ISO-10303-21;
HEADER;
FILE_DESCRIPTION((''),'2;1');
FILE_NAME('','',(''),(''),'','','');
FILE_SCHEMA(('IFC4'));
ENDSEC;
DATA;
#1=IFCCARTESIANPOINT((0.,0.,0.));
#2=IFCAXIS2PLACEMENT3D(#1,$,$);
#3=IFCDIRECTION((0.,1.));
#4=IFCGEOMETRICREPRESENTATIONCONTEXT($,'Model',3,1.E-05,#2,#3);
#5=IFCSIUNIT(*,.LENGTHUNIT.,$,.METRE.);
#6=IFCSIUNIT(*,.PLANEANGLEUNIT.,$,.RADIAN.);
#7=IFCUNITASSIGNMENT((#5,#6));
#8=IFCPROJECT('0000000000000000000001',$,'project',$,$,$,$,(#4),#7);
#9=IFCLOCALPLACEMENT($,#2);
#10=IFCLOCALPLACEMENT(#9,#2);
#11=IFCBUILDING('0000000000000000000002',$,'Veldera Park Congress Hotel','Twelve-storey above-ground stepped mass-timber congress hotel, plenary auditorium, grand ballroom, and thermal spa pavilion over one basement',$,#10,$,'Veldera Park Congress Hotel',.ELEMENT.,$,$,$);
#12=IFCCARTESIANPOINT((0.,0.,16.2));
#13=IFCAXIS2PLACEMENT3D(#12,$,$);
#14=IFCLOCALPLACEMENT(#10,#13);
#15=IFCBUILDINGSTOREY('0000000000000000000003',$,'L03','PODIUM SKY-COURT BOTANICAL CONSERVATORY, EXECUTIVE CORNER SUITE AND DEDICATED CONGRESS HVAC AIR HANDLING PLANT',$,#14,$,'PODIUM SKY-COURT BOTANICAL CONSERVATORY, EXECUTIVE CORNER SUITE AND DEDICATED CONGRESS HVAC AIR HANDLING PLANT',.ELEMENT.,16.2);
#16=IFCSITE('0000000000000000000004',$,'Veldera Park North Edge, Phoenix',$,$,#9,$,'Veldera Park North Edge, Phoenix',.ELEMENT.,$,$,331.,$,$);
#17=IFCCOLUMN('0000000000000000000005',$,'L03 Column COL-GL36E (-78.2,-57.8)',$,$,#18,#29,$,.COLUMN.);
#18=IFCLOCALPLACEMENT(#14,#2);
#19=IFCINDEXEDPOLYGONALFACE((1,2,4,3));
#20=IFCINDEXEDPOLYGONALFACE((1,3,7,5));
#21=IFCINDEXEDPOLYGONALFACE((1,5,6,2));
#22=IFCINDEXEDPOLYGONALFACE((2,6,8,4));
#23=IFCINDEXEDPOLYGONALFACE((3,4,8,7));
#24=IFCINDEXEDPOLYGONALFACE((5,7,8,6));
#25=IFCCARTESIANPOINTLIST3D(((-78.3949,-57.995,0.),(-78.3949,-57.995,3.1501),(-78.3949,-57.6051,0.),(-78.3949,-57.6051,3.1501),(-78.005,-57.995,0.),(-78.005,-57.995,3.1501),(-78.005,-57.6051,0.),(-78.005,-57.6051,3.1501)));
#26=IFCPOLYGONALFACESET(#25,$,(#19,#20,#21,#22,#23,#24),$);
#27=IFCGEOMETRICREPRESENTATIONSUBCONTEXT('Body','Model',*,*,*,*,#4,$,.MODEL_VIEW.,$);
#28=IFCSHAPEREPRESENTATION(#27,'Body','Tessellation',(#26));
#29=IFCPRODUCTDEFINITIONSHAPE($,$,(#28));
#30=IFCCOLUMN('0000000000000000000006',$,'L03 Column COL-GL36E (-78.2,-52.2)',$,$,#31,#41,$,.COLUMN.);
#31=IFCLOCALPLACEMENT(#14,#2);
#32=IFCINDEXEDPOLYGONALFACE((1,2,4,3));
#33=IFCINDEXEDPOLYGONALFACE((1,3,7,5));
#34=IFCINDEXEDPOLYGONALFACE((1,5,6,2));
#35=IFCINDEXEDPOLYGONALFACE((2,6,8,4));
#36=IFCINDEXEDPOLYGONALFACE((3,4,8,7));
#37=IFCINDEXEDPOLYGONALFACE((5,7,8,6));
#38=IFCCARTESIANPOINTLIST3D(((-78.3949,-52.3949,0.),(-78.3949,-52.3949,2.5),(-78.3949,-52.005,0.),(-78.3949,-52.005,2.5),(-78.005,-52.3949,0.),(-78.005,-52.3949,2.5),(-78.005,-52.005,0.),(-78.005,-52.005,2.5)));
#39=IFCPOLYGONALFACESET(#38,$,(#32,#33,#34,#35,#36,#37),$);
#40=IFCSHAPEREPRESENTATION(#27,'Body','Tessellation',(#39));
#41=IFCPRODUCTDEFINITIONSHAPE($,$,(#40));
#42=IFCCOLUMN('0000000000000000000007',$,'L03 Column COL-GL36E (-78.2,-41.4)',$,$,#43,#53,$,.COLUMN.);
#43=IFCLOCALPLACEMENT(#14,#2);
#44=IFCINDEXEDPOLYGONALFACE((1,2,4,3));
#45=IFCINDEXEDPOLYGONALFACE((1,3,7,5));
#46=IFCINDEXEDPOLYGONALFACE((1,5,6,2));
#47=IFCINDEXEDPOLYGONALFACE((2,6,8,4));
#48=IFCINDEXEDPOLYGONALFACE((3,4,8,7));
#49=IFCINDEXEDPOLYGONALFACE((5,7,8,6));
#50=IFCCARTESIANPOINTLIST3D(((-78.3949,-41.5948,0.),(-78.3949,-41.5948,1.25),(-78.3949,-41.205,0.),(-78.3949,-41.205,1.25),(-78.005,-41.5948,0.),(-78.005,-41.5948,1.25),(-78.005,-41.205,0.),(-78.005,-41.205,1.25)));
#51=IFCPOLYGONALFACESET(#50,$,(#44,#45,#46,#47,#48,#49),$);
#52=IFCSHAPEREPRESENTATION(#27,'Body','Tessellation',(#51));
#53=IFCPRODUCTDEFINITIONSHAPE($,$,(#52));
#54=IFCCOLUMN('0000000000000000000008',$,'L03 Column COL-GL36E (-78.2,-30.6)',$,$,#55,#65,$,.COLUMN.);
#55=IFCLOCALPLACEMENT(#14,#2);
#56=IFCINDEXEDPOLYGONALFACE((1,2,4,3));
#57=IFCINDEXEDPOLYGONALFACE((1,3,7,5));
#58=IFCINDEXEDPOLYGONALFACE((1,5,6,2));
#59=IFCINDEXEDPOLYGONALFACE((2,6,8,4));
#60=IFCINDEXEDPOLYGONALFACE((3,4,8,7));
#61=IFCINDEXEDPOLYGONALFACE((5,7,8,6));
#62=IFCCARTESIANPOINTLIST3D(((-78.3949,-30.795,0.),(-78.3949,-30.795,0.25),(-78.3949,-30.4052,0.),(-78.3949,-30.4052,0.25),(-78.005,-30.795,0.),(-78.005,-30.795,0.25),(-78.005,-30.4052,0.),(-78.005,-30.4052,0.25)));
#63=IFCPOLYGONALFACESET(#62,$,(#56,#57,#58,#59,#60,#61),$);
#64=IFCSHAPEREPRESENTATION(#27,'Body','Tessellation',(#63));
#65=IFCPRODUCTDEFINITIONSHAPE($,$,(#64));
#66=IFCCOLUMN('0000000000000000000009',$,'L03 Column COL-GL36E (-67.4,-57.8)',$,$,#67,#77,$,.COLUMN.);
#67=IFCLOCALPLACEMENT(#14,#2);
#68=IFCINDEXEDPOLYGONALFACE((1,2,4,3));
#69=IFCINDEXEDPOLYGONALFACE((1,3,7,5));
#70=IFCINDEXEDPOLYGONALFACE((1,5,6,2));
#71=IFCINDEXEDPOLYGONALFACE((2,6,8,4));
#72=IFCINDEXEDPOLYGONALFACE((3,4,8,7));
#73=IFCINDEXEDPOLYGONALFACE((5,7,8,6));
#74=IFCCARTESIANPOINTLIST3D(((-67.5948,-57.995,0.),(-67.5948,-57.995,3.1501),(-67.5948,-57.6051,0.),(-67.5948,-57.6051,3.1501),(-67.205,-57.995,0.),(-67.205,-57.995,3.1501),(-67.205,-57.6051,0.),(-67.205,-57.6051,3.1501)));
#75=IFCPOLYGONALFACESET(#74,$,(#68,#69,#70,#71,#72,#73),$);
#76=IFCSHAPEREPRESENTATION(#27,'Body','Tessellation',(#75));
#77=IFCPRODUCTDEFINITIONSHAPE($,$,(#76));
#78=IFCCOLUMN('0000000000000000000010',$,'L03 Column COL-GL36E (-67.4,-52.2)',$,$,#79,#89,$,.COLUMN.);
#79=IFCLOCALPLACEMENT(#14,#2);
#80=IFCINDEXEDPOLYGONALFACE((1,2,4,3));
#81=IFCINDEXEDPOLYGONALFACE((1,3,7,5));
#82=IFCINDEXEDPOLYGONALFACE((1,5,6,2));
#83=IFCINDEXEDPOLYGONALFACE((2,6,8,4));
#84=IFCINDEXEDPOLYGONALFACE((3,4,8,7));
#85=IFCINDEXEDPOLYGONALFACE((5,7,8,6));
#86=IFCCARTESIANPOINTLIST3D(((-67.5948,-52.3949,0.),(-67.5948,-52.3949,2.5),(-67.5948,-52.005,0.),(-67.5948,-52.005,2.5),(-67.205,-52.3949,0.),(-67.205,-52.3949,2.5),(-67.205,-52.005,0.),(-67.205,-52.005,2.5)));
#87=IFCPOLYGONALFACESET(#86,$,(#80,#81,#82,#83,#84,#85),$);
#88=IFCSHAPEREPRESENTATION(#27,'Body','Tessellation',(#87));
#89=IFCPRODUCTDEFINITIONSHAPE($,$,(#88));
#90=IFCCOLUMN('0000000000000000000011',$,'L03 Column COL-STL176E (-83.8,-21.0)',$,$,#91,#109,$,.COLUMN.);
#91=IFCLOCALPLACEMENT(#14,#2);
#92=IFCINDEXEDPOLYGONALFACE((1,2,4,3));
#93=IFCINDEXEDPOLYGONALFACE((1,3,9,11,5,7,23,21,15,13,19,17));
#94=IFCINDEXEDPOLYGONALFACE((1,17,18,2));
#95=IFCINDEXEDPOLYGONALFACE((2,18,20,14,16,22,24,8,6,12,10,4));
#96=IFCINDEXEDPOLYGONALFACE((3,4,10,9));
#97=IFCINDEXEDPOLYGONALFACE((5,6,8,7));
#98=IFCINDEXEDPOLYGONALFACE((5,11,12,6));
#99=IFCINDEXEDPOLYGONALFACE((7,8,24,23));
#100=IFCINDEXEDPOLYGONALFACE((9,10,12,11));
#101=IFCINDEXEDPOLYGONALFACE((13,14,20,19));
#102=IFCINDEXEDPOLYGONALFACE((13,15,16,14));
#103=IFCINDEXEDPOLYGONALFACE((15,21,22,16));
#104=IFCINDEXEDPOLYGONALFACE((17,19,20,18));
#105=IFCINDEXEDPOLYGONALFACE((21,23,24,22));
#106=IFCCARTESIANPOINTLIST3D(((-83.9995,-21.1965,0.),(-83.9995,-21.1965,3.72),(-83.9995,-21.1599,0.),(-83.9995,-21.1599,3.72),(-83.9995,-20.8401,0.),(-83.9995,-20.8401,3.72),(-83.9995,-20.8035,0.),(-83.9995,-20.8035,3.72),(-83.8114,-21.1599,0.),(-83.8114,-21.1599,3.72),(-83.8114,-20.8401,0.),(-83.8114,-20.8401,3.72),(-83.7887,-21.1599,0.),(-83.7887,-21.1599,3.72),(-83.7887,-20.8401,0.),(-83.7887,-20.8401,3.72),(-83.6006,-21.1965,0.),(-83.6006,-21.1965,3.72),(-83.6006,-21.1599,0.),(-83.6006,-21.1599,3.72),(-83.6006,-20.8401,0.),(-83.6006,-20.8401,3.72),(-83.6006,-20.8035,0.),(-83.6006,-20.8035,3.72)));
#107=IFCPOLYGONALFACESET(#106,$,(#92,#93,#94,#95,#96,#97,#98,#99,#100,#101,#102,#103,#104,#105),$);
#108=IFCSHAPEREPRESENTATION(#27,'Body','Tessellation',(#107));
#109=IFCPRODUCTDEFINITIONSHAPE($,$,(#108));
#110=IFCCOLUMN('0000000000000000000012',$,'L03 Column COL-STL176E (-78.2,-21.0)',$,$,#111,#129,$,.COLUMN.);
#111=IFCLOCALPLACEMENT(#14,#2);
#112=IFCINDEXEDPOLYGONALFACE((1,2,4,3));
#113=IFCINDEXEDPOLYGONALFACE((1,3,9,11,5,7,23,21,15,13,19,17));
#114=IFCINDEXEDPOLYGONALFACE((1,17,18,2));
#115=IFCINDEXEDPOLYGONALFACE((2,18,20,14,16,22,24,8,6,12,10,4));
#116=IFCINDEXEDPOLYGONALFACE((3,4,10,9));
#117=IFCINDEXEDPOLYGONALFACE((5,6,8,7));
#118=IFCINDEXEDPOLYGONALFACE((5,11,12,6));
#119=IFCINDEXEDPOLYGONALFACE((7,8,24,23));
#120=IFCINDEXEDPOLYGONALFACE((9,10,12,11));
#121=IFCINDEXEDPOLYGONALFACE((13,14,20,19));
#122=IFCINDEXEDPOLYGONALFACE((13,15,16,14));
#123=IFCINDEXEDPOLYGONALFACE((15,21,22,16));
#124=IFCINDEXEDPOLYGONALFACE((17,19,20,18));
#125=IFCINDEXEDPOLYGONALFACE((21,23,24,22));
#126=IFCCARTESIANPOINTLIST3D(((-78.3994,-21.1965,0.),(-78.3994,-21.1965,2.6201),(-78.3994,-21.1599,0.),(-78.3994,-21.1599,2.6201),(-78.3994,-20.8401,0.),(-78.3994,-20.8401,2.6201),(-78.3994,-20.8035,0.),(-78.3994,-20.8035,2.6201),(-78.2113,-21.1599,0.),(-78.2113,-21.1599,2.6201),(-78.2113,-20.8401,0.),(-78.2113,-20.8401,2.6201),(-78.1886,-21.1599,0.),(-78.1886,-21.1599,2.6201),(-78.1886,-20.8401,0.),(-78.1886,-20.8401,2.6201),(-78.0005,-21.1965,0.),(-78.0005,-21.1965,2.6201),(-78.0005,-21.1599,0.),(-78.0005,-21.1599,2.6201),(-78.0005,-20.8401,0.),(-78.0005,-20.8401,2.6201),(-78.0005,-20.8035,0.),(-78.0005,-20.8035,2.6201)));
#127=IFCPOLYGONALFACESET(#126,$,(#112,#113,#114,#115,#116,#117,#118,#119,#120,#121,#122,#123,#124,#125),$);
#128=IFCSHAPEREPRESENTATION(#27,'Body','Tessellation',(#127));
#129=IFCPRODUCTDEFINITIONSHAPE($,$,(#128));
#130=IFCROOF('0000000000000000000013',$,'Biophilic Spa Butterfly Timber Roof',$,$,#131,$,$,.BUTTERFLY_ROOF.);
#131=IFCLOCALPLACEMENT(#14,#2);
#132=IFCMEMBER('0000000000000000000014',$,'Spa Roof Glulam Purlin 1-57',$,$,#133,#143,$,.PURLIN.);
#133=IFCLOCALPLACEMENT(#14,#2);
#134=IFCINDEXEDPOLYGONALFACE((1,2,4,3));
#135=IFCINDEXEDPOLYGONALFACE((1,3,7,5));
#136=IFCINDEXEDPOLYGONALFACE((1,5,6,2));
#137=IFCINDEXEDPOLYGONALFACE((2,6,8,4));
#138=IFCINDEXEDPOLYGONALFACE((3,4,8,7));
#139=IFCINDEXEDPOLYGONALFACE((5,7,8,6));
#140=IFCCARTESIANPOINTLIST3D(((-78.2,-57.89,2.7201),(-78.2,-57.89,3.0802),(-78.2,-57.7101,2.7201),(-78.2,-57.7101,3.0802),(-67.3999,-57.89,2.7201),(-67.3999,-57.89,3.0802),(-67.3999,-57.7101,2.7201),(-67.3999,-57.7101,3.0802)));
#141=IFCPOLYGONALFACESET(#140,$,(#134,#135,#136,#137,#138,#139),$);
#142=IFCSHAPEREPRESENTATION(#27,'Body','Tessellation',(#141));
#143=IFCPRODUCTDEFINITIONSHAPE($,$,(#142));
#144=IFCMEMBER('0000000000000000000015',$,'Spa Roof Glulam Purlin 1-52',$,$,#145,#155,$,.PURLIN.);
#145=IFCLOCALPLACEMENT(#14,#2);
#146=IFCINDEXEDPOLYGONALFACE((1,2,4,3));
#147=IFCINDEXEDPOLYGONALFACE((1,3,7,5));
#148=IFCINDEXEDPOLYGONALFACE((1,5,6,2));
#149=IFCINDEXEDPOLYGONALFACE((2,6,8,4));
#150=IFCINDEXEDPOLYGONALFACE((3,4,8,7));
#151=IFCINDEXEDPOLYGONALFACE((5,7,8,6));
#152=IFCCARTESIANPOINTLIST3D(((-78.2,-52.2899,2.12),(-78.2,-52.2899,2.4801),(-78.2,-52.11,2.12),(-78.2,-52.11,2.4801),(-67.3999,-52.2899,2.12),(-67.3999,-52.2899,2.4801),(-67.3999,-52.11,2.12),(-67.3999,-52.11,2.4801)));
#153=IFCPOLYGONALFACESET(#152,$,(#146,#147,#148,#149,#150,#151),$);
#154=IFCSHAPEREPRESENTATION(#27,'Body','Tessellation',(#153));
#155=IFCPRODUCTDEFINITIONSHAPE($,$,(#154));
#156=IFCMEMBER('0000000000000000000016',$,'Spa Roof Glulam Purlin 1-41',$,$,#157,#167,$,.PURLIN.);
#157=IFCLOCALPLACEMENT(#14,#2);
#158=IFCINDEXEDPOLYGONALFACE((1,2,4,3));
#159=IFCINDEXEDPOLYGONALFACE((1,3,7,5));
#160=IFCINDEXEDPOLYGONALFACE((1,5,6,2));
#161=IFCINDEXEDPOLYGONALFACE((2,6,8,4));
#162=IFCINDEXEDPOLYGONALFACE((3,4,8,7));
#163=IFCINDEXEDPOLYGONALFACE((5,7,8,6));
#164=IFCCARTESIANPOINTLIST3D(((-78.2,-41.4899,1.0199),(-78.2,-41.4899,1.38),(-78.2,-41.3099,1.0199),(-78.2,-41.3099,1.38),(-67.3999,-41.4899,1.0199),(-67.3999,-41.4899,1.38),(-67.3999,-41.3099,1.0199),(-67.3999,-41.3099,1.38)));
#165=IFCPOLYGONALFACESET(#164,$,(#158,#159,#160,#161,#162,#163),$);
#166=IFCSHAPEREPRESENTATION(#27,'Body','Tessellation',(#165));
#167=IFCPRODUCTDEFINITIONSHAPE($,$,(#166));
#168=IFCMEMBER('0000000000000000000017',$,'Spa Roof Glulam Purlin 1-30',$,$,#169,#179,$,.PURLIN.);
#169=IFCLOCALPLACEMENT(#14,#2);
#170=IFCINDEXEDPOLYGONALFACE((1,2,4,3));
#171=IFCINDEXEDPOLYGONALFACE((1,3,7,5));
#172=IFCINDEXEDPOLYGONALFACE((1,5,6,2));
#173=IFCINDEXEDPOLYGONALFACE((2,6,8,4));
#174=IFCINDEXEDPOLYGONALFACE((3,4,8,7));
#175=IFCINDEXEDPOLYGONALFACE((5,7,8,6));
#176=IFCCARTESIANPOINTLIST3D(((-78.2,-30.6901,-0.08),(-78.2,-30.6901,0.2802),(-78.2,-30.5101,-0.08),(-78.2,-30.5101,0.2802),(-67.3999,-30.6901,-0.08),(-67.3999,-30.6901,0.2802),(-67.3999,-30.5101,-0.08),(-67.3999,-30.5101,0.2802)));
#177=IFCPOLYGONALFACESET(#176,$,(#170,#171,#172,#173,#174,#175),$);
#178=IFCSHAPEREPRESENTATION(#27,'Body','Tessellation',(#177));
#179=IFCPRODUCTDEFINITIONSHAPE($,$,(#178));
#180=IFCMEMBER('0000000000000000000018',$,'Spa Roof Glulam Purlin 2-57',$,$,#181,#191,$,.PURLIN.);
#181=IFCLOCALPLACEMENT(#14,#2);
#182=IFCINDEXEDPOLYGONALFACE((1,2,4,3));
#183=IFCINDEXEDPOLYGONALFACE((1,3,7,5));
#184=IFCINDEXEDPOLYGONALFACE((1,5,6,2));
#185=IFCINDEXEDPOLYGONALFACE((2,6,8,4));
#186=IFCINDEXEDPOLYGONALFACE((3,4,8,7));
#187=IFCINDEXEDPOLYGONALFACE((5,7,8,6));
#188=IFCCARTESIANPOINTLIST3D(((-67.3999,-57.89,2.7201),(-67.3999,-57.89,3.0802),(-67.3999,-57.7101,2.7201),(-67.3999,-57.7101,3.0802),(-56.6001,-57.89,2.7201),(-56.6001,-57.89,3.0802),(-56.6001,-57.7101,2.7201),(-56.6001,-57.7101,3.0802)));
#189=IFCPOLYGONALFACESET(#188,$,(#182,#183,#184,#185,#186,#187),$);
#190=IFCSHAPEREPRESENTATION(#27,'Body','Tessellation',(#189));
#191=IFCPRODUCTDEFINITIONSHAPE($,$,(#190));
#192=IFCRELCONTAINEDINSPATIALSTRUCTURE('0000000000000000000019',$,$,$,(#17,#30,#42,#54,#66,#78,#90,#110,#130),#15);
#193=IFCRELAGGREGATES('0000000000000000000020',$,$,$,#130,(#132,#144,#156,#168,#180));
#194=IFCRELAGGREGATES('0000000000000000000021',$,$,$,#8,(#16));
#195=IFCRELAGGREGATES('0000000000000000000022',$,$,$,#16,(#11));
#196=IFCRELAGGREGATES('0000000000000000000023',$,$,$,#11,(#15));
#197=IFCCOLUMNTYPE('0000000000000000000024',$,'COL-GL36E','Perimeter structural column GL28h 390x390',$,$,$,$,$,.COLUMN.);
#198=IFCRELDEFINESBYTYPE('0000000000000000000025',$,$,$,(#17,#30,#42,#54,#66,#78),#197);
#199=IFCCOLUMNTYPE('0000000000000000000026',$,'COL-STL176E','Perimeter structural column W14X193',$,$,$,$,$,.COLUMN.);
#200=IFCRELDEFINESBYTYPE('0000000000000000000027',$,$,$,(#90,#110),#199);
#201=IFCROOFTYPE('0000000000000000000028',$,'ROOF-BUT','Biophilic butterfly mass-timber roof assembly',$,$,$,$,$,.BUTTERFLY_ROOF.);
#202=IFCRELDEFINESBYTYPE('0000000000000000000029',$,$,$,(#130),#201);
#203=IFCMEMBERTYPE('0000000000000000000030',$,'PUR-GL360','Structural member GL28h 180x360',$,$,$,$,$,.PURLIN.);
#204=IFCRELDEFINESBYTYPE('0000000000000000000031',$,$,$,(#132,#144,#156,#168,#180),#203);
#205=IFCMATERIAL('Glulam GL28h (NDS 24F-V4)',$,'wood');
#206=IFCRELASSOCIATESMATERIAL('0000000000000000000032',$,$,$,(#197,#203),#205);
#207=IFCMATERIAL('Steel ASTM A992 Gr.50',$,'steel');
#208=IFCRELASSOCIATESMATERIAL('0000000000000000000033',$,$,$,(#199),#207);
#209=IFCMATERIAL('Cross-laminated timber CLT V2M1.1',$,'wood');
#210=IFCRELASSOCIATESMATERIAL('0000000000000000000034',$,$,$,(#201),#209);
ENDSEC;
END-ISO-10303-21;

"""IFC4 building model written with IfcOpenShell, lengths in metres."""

from ifc_helpers import new_model, si_unit, direction, frame, origin, origin_2d, place, context, subcontext, project, spatial, rectangle, i_section, extrude, material, material_profile, profile_set, type_object, element, aggregate, save


model = new_model("IFC4")

# Units and contexts
model_context = context("Model", 3, precision=1e-05, world=origin(), true_north=direction((0.0, 1.0)))
body_context = subcontext(model_context, "Body", "Model", "MODEL_VIEW")
ifc_project = project(units=[si_unit("LENGTHUNIT", "METRE"), si_unit("PLANEANGLEUNIT", "RADIAN")], contexts=[model_context])

# Site, building, storey
site_placement = place(None, origin())
site = spatial("IfcSite", under=ifc_project, at=site_placement, Name="Veldera Park North Edge, Phoenix", LongName="Veldera Park North Edge, Phoenix", CompositionType="ELEMENT", RefElevation=331.0)
building_placement = place(site_placement, origin())
building = spatial("IfcBuilding", under=site, at=building_placement, Name="Veldera Park Congress Hotel", Description="Twelve-storey above-ground stepped mass-timber congress hotel, plenary auditorium, grand ballroom, and thermal spa pavilion over one basement", LongName="Veldera Park Congress Hotel", CompositionType="ELEMENT")
storey_placement = place(building_placement, frame((0.0, 0.0, 16.2)))
storey = spatial("IfcBuildingStorey", under=building, at=storey_placement, Name="L03", Description="PODIUM SKY-COURT BOTANICAL CONSERVATORY, EXECUTIVE CORNER SUITE AND DEDICATED CONGRESS HVAC AIR HANDLING PLANT", LongName="PODIUM SKY-COURT BOTANICAL CONSERVATORY, EXECUTIVE CORNER SUITE AND DEDICATED CONGRESS HVAC AIR HANDLING PLANT", CompositionType="ELEMENT", Elevation=16.2)

# Columns
ifc_material_1 = material(Name="Glulam GL28h (NDS 24F-V4)", Category="wood")
ifc_material_profile_1 = material_profile(ifc_material_1, rectangle(XDim=0.3899, YDim=0.3899, at=origin_2d()), Name="GL28h 390x390")
ifc_profile_set_1 = profile_set([ifc_material_profile_1], Name="Glulam GL28h (NDS 24F-V4)")
column_type_1 = type_object("IfcColumnType", Name="COL-GL36E", Description="Perimeter structural column GL28h 390x390", PredefinedType="COLUMN", material=ifc_profile_set_1)
column_1_placement = place(storey_placement, frame((-78.2, -57.8, 0.0), z_axis=(0.0, 0.0, 1.0), x_axis=(1.0, 0.0, 0.0)))
element("IfcColumn", 1, at=column_1_placement, inside=storey, type_object=column_type_1, Name="L03 Column COL-GL36E (-78.2,-57.8)", PredefinedType="COLUMN", context=body_context, shape_type="SweptSolid", body=[
    extrude(rectangle(XDim=0.3899, YDim=0.3899, at=origin_2d()), origin(), (0.0, 0.0, 1.0), 3.1501),
])
column_2_placement = place(storey_placement, frame((-78.2, -52.2, 0.0), z_axis=(0.0, 0.0, 1.0), x_axis=(1.0, 0.0, 0.0)))
element("IfcColumn", 2, at=column_2_placement, inside=storey, type_object=column_type_1, Name="L03 Column COL-GL36E (-78.2,-52.2)", PredefinedType="COLUMN", context=body_context, shape_type="SweptSolid", body=[
    extrude(rectangle(XDim=0.3899, YDim=0.3899, at=origin_2d()), origin(), (0.0, 0.0, 1.0), 2.5),
])
column_3_placement = place(storey_placement, frame((-78.2, -41.3999, 0.0), z_axis=(0.0, 0.0, 1.0), x_axis=(1.0, 0.0, 0.0)))
element("IfcColumn", 3, at=column_3_placement, inside=storey, type_object=column_type_1, Name="L03 Column COL-GL36E (-78.2,-41.4)", PredefinedType="COLUMN", context=body_context, shape_type="SweptSolid", body=[
    extrude(rectangle(XDim=0.3899, YDim=0.3899, at=origin_2d()), origin(), (0.0, 0.0, 1.0), 1.25),
])
column_4_placement = place(storey_placement, frame((-78.2, -30.6001, 0.0), z_axis=(0.0, 0.0, 1.0), x_axis=(1.0, 0.0, 0.0)))
element("IfcColumn", 4, at=column_4_placement, inside=storey, type_object=column_type_1, Name="L03 Column COL-GL36E (-78.2,-30.6)", PredefinedType="COLUMN", context=body_context, shape_type="SweptSolid", body=[
    extrude(rectangle(XDim=0.3899, YDim=0.3899, at=origin_2d()), origin(), (0.0, 0.0, 1.0), 0.25),
])
column_5_placement = place(storey_placement, frame((-67.3999, -57.8, 0.0), z_axis=(0.0, 0.0, 1.0), x_axis=(1.0, 0.0, 0.0)))
element("IfcColumn", 5, at=column_5_placement, inside=storey, type_object=column_type_1, Name="L03 Column COL-GL36E (-67.4,-57.8)", PredefinedType="COLUMN", context=body_context, shape_type="SweptSolid", body=[
    extrude(rectangle(XDim=0.3899, YDim=0.3899, at=origin_2d()), origin(), (0.0, 0.0, 1.0), 3.1501),
])
column_6_placement = place(storey_placement, frame((-67.3999, -52.2, 0.0), z_axis=(0.0, 0.0, 1.0), x_axis=(1.0, 0.0, 0.0)))
element("IfcColumn", 6, at=column_6_placement, inside=storey, type_object=column_type_1, Name="L03 Column COL-GL36E (-67.4,-52.2)", PredefinedType="COLUMN", context=body_context, shape_type="SweptSolid", body=[
    extrude(rectangle(XDim=0.3899, YDim=0.3899, at=origin_2d()), origin(), (0.0, 0.0, 1.0), 2.5),
])
ifc_material_2 = material(Name="Steel ASTM A992 Gr.50", Category="steel")
ifc_material_profile_2 = material_profile(ifc_material_2, i_section(OverallWidth=0.3989, OverallDepth=0.3931, WebThickness=0.0227, FlangeThickness=0.0366, at=origin_2d()), Name="W14X193")
ifc_profile_set_2 = profile_set([ifc_material_profile_2], Name="Steel ASTM A992 Gr.50")
column_type_2 = type_object("IfcColumnType", Name="COL-STL176E", Description="Perimeter structural column W14X193", PredefinedType="COLUMN", material=ifc_profile_set_2)
column_7_placement = place(storey_placement, frame((-83.8, -21.0, 0.0), z_axis=(0.0, 0.0, 1.0), x_axis=(1.0, 0.0, 0.0)))
element("IfcColumn", 7, at=column_7_placement, inside=storey, type_object=column_type_2, Name="L03 Column COL-STL176E (-83.8,-21.0)", PredefinedType="COLUMN", context=body_context, shape_type="SweptSolid", body=[
    extrude(i_section(OverallWidth=0.3989, OverallDepth=0.3931, WebThickness=0.0227, FlangeThickness=0.0366, at=origin_2d()), origin(), (0.0, 0.0, 1.0), 3.72),
])
column_8_placement = place(storey_placement, frame((-78.2, -21.0, 0.0), z_axis=(0.0, 0.0, 1.0), x_axis=(1.0, 0.0, 0.0)))
element("IfcColumn", 8, at=column_8_placement, inside=storey, type_object=column_type_2, Name="L03 Column COL-STL176E (-78.2,-21.0)", PredefinedType="COLUMN", context=body_context, shape_type="SweptSolid", body=[
    extrude(i_section(OverallWidth=0.3989, OverallDepth=0.3931, WebThickness=0.0227, FlangeThickness=0.0366, at=origin_2d()), origin(), (0.0, 0.0, 1.0), 2.6201),
])

# Roof, members
ifc_material_3 = material(Name="Cross-laminated timber CLT V2M1.1", Category="wood")
roof_type_1 = type_object("IfcRoofType", Name="ROOF-BUT", Description="Biophilic butterfly mass-timber roof assembly", PredefinedType="BUTTERFLY_ROOF", material=ifc_material_3)
roof_1_placement = place(storey_placement, origin())
roof_1 = element("IfcRoof", 9, at=roof_1_placement, inside=storey, type_object=roof_type_1, Name="Biophilic Spa Butterfly Timber Roof", PredefinedType="BUTTERFLY_ROOF")
ifc_material_profile_3 = material_profile(ifc_material_1, rectangle(XDim=0.1799, YDim=0.3601, at=origin_2d()), Name="GL28h 180x360")
ifc_profile_set_3 = profile_set([ifc_material_profile_3], Name="Glulam GL28h (NDS 24F-V4)")
member_type_1 = type_object("IfcMemberType", Name="PUR-GL360", Description="Structural member GL28h 180x360", PredefinedType="PURLIN", material=ifc_profile_set_3)
member_1_placement = place(storey_placement, frame((-78.2, -57.8, 2.9001), z_axis=(1.0, 0.0, 0.0), x_axis=(0.0, 1.0, 0.0)))
member_1 = element("IfcMember", 10, at=member_1_placement, type_object=member_type_1, Name="Spa Roof Glulam Purlin 1-57", PredefinedType="PURLIN", context=body_context, shape_type="SweptSolid", body=[
    extrude(rectangle(XDim=0.1799, YDim=0.3601, at=origin_2d()), origin(), (0.0, 0.0, 1.0), 10.8),
])
member_2_placement = place(storey_placement, frame((-78.2, -52.2, 2.3), z_axis=(1.0, 0.0, 0.0), x_axis=(0.0, 1.0, 0.0)))
member_2 = element("IfcMember", 11, at=member_2_placement, type_object=member_type_1, Name="Spa Roof Glulam Purlin 1-52", PredefinedType="PURLIN", context=body_context, shape_type="SweptSolid", body=[
    extrude(rectangle(XDim=0.1799, YDim=0.3601, at=origin_2d()), origin(), (0.0, 0.0, 1.0), 10.8),
])
member_3_placement = place(storey_placement, frame((-78.2, -41.3999, 1.2), z_axis=(1.0, 0.0, 0.0), x_axis=(0.0, 1.0, 0.0)))
member_3 = element("IfcMember", 12, at=member_3_placement, type_object=member_type_1, Name="Spa Roof Glulam Purlin 1-41", PredefinedType="PURLIN", context=body_context, shape_type="SweptSolid", body=[
    extrude(rectangle(XDim=0.1799, YDim=0.3601, at=origin_2d()), origin(), (0.0, 0.0, 1.0), 10.8),
])
member_4_placement = place(storey_placement, frame((-78.2, -30.6001, 0.1001), z_axis=(1.0, 0.0, 0.0), x_axis=(0.0, 1.0, 0.0)))
member_4 = element("IfcMember", 13, at=member_4_placement, type_object=member_type_1, Name="Spa Roof Glulam Purlin 1-30", PredefinedType="PURLIN", context=body_context, shape_type="SweptSolid", body=[
    extrude(rectangle(XDim=0.1799, YDim=0.3601, at=origin_2d()), origin(), (0.0, 0.0, 1.0), 10.8),
])
member_5_placement = place(storey_placement, frame((-67.3999, -57.8, 2.9001), z_axis=(1.0, 0.0, 0.0), x_axis=(0.0, 1.0, 0.0)))
member_5 = element("IfcMember", 14, at=member_5_placement, type_object=member_type_1, Name="Spa Roof Glulam Purlin 2-57", PredefinedType="PURLIN", context=body_context, shape_type="SweptSolid", body=[
    extrude(rectangle(XDim=0.1799, YDim=0.3601, at=origin_2d()), origin(), (0.0, 0.0, 1.0), 10.7998),
])

aggregate(roof_1, [member_1, member_2, member_3, member_4, member_5])

save(model, "model.ifc")
